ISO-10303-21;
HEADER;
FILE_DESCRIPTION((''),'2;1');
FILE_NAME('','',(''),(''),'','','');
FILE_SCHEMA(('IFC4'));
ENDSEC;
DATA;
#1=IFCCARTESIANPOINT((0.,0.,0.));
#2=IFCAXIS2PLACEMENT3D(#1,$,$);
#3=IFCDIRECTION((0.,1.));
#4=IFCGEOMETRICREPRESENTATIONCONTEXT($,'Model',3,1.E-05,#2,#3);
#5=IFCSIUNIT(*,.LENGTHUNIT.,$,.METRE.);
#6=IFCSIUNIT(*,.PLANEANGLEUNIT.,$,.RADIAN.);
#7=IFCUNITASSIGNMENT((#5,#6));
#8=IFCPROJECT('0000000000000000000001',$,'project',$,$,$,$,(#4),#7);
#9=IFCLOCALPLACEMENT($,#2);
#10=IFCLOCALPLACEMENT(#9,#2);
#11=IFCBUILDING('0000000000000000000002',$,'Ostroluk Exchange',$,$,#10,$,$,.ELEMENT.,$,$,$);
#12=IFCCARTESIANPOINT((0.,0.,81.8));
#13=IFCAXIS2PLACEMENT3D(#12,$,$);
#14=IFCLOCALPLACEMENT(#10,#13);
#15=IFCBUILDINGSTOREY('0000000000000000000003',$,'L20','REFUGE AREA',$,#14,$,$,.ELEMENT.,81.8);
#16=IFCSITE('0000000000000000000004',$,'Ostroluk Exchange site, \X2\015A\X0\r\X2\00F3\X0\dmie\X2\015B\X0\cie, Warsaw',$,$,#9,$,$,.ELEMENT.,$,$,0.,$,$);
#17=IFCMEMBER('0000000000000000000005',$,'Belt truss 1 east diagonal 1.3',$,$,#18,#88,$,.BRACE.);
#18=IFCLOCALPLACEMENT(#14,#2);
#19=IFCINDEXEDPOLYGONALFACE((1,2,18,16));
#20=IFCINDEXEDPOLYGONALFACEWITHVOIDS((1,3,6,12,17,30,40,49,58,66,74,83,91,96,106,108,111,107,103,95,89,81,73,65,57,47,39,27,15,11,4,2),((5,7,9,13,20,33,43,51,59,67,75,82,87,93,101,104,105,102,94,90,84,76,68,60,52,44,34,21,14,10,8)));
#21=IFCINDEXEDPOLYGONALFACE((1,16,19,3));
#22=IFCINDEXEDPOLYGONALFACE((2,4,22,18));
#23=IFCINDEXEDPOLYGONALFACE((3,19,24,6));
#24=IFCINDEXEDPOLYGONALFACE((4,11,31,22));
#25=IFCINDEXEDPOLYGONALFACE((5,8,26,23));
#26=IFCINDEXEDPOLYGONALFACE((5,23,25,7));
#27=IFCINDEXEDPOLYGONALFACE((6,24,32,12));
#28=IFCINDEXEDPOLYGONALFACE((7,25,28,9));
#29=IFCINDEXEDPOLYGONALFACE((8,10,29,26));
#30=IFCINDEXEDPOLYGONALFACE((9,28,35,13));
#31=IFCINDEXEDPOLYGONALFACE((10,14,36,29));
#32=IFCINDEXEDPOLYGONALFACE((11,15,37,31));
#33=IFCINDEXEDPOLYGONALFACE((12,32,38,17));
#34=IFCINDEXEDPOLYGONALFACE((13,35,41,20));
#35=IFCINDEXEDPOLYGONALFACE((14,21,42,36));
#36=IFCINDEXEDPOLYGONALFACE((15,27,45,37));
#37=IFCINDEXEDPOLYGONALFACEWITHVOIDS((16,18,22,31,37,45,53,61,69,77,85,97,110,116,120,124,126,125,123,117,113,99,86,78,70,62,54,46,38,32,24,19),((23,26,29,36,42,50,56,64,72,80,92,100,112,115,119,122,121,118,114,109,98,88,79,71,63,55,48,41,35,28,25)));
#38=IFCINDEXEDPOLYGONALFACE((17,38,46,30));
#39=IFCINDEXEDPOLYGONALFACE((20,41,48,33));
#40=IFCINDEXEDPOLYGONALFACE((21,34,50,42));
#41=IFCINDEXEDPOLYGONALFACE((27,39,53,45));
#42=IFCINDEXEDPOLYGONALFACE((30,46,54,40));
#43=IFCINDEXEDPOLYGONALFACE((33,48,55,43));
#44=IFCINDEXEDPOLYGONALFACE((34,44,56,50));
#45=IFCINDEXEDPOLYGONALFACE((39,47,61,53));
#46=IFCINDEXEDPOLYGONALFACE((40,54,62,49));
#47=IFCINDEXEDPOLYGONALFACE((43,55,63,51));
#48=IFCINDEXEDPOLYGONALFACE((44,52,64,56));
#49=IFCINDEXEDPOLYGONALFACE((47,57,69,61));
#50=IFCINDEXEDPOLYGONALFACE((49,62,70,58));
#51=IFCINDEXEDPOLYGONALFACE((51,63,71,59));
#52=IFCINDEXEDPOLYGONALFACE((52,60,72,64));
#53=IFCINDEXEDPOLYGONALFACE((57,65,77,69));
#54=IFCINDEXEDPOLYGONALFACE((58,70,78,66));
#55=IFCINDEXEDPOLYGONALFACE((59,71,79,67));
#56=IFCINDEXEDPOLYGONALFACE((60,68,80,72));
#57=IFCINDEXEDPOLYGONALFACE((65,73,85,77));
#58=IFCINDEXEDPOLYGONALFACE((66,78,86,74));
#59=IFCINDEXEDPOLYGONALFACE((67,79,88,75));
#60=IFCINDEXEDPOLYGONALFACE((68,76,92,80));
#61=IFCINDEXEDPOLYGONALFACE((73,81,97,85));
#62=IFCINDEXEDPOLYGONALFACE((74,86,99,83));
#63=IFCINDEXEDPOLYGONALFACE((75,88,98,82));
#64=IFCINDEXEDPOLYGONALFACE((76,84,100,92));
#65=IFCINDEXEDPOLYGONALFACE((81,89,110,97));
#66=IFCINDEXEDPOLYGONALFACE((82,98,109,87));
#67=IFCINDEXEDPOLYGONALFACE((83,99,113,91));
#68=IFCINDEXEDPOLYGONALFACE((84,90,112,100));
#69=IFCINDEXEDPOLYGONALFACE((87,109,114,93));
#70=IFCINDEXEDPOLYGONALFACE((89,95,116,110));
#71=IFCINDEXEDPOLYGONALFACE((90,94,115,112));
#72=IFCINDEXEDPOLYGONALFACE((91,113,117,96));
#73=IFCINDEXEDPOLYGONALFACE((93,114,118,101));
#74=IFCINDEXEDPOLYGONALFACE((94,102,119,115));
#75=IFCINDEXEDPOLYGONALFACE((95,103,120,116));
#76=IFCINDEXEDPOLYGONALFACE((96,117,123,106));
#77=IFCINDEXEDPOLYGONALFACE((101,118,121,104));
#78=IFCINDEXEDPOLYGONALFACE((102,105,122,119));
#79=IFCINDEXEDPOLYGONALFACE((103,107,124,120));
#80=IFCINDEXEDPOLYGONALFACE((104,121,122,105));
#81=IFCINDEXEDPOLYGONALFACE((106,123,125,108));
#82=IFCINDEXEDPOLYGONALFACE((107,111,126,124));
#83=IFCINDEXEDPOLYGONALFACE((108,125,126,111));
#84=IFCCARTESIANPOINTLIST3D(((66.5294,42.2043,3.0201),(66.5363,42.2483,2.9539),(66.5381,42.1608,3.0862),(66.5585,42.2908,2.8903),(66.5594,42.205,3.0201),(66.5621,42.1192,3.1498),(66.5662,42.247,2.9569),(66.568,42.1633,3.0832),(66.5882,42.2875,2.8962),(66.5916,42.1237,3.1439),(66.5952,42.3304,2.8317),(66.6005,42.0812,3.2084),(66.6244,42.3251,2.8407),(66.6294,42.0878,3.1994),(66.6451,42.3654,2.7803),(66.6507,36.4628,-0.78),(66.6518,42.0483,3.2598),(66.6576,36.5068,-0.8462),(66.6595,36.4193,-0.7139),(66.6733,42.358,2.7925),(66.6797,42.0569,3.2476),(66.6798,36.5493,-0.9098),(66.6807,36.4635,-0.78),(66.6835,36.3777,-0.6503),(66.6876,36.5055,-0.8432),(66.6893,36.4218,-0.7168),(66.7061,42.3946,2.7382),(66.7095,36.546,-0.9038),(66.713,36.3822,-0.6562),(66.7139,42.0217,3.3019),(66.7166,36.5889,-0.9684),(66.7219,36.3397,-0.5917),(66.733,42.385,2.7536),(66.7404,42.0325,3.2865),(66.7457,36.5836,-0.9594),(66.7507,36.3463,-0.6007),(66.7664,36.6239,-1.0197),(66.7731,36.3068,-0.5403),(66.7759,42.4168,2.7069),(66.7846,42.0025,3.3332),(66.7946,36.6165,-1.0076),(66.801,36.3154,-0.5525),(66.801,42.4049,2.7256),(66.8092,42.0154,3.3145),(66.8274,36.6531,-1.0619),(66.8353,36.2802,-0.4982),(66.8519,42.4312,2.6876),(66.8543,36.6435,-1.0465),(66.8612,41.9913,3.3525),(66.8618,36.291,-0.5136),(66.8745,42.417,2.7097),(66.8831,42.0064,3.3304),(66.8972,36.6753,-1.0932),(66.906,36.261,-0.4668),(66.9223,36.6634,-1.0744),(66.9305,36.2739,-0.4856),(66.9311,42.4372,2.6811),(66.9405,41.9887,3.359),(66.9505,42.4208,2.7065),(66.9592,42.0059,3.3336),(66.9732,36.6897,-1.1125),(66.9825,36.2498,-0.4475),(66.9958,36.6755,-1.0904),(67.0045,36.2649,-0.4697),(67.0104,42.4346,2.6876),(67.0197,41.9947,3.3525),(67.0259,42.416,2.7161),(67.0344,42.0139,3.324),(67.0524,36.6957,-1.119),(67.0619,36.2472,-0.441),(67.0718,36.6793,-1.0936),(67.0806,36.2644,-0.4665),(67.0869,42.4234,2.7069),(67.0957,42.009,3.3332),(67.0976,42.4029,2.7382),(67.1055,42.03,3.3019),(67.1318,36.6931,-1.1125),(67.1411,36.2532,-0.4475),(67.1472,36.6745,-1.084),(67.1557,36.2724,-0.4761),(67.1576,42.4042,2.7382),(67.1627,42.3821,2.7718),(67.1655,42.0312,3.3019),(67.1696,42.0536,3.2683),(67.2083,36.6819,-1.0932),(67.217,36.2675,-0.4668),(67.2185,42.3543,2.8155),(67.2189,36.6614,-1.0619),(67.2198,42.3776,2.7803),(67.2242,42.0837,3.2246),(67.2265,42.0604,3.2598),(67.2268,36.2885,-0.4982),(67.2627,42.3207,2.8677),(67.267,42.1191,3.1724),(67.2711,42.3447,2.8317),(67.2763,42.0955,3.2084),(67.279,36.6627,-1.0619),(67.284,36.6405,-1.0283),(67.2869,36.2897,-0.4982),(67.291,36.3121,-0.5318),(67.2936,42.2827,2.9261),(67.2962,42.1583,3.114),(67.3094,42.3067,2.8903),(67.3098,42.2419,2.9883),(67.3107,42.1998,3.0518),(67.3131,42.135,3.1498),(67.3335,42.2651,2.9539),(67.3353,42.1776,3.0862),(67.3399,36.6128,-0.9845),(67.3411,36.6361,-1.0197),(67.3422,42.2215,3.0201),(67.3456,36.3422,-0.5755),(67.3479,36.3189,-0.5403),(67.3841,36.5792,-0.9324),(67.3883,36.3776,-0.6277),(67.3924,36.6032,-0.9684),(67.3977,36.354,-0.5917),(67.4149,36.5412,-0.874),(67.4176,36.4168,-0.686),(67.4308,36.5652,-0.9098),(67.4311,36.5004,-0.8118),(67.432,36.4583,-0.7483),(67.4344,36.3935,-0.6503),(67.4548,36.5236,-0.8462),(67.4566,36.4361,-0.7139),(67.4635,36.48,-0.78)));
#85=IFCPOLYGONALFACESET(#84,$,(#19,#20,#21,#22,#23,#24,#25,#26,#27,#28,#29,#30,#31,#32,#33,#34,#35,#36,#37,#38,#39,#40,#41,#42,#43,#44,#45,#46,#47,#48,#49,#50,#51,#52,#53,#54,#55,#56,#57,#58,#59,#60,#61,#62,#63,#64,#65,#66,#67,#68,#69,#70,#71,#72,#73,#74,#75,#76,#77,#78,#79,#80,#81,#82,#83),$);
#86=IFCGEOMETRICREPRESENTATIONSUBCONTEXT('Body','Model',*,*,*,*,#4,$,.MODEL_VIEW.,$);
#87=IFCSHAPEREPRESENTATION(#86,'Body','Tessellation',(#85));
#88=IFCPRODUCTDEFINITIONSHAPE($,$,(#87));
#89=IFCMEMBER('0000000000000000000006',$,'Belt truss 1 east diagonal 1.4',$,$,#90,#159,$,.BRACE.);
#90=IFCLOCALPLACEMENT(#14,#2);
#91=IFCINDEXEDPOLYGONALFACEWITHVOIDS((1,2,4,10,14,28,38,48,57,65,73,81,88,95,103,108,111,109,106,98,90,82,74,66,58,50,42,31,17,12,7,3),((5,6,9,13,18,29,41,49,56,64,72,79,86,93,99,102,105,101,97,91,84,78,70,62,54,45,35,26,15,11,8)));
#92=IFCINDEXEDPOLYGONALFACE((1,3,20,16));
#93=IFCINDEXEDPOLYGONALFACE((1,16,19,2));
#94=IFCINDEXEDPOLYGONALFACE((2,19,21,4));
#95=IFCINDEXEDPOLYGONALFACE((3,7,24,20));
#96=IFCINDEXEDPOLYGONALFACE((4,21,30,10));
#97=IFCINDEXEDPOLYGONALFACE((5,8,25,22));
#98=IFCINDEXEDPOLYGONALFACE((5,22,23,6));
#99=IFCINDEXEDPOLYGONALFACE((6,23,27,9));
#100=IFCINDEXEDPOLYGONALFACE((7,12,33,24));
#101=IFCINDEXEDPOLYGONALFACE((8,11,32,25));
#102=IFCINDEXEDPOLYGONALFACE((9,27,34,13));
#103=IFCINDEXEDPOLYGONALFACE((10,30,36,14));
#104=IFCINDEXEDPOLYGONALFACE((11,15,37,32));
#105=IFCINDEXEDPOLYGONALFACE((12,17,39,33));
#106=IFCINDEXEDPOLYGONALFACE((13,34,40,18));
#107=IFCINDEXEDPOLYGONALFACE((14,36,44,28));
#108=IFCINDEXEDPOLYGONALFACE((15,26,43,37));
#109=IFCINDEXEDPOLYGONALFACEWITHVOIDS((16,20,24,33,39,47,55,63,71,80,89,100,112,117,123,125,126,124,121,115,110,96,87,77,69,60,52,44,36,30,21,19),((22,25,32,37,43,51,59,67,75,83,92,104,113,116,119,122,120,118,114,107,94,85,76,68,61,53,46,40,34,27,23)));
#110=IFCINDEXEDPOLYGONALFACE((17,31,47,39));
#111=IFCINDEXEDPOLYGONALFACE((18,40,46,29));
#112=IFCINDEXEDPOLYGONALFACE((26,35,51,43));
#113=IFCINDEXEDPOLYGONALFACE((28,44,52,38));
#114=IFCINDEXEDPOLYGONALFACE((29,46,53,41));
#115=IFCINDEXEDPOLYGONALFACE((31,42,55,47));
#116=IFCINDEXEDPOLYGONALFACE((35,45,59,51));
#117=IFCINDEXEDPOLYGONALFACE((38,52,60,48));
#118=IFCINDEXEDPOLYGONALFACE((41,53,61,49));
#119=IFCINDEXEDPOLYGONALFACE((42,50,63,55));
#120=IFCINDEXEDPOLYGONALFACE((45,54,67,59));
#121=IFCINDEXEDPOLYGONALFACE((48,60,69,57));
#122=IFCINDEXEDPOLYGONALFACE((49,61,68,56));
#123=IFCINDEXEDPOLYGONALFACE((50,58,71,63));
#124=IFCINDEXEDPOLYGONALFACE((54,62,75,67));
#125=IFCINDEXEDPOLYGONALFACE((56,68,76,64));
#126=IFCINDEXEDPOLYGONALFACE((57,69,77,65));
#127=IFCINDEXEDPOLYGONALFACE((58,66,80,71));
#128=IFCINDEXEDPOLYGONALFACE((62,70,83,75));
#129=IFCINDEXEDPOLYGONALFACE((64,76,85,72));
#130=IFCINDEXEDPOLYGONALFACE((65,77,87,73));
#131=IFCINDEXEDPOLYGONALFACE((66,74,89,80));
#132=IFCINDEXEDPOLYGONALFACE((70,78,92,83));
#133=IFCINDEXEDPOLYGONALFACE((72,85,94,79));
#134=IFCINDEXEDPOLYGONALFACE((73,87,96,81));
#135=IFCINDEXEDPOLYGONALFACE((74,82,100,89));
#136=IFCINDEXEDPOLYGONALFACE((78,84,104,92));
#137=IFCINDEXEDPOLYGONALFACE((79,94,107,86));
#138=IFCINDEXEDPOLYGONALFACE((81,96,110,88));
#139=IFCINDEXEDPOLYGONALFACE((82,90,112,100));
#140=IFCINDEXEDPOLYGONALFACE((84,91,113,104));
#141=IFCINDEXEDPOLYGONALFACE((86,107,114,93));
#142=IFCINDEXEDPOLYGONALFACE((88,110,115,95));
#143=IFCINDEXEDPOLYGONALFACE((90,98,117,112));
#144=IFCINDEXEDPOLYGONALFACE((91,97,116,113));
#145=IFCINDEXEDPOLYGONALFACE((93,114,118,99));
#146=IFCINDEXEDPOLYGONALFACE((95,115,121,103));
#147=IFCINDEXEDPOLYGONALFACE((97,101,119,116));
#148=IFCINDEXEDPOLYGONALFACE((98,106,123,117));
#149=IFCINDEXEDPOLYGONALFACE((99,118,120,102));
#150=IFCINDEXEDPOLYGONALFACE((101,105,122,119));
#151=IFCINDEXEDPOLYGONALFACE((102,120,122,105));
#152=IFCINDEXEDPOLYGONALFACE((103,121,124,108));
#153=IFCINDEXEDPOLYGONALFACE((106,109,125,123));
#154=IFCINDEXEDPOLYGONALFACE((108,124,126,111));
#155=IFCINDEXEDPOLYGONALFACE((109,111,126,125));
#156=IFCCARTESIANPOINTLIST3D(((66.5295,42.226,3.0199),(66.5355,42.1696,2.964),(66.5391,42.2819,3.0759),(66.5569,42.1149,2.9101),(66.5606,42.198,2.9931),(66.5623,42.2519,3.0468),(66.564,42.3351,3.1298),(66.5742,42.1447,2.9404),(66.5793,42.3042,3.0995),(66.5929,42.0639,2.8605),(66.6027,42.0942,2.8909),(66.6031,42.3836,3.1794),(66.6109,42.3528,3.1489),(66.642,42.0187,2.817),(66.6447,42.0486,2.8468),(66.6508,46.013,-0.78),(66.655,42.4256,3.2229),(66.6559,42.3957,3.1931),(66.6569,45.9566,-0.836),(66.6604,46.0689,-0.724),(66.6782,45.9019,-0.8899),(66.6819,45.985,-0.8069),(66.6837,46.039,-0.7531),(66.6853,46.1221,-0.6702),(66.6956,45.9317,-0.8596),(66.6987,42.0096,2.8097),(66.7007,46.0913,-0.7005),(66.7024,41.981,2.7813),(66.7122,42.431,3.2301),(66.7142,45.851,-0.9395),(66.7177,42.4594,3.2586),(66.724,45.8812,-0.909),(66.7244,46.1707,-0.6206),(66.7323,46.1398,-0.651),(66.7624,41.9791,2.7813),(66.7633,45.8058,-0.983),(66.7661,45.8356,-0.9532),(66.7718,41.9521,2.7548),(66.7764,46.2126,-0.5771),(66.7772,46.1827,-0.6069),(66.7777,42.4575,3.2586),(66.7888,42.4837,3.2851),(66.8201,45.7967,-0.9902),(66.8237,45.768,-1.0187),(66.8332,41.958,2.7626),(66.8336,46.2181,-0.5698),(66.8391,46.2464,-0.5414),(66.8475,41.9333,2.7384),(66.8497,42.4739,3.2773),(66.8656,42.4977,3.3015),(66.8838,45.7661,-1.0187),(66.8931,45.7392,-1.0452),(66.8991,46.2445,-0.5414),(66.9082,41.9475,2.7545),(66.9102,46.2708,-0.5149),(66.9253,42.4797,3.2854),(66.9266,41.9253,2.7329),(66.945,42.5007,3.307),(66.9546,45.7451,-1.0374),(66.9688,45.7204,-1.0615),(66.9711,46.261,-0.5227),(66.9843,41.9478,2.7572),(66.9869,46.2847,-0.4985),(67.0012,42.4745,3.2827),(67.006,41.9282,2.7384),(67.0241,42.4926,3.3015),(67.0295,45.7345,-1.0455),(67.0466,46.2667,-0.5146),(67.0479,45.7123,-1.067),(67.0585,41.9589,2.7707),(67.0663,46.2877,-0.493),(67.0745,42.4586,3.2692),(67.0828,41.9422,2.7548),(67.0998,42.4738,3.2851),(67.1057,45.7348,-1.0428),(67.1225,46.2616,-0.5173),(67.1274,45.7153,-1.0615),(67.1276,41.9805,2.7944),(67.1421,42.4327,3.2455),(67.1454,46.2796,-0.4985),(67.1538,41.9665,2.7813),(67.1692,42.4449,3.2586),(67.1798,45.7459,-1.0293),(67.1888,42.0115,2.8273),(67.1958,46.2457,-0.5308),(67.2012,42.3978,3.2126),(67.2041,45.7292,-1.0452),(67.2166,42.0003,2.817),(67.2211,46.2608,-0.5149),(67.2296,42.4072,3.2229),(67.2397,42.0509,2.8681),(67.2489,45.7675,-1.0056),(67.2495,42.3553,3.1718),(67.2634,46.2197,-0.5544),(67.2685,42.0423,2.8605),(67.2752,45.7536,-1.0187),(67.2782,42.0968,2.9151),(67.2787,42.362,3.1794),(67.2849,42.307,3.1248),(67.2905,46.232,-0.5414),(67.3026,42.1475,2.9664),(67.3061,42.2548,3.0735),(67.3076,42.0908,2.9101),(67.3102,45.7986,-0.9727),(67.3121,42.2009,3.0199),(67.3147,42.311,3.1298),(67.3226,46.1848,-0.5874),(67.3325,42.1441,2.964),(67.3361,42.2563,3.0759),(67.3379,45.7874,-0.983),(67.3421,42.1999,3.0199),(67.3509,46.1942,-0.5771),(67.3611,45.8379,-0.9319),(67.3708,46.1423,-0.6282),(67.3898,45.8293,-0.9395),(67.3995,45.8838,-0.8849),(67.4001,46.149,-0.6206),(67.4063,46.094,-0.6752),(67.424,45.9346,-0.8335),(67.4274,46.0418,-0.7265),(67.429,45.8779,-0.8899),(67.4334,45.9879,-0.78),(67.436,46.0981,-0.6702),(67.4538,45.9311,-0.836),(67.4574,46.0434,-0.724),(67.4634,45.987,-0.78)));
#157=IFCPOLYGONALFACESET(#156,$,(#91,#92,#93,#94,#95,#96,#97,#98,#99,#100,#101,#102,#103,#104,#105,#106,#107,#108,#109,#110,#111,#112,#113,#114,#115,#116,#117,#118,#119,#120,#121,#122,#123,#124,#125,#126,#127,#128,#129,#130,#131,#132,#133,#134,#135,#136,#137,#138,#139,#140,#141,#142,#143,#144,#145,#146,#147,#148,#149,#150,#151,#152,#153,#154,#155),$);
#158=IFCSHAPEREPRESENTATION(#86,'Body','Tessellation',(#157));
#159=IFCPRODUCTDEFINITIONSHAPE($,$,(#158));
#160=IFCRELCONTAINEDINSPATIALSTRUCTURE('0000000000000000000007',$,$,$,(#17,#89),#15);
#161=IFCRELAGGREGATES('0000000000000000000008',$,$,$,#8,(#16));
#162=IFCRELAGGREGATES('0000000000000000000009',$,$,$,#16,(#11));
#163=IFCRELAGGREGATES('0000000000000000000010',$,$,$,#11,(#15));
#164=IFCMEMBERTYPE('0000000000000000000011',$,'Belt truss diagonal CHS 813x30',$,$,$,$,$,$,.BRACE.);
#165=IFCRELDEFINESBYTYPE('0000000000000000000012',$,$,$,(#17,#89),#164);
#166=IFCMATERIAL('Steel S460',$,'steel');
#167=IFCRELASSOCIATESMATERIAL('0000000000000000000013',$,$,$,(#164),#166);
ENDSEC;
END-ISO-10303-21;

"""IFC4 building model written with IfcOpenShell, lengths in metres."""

from ifc_helpers import new_model, si_unit, direction, frame, origin, origin_2d, place, context, subcontext, project, spatial, hollow_circle, extrude, material, material_profile, profile_set, type_object, element, save


model = new_model("IFC4")

# Units and contexts
model_context = context("Model", 3, precision=1e-05, world=origin(), true_north=direction((0.0, 1.0)))
body_context = subcontext(model_context, "Body", "Model", "MODEL_VIEW")
ifc_project = project(units=[si_unit("LENGTHUNIT", "METRE"), si_unit("PLANEANGLEUNIT", "RADIAN")], contexts=[model_context])

# Site, building, storey
site_placement = place(None, origin())
site = spatial("IfcSite", under=ifc_project, at=site_placement, Name="Ostroluk Exchange site, Śródmieście, Warsaw", CompositionType="ELEMENT", RefElevation=0.0)
building_placement = place(site_placement, origin())
building = spatial("IfcBuilding", under=site, at=building_placement, Name="Ostroluk Exchange", CompositionType="ELEMENT")
storey_placement = place(building_placement, frame((0.0, 0.0, 81.8)))
storey = spatial("IfcBuildingStorey", under=building, at=storey_placement, Name="L20", Description="REFUGE AREA", CompositionType="ELEMENT", Elevation=81.8)

# Members
ifc_material_1 = material(Name="Steel S460", Category="steel")
ifc_material_profile_1 = material_profile(ifc_material_1, hollow_circle(Radius=0.4065, WallThickness=0.03, at=origin_2d()), Name="CHS 813x30")
ifc_profile_set_1 = profile_set([ifc_material_profile_1], Name="Steel S460")
member_type_1 = type_object("IfcMemberType", Name="Belt truss diagonal CHS 813x30", PredefinedType="BRACE", material=ifc_profile_set_1)
member_1_placement = place(storey_placement, frame((67.0571, 36.4714, -0.78), z_axis=(-0.017621, 0.833766, 0.551837), x_axis=(-0.999777, -0.021129, 0.0)))
element("IfcMember", 1, at=member_1_placement, inside=storey, type_object=member_type_1, Name="Belt truss 1 east diagonal 1.3", PredefinedType="BRACE", context=body_context, shape_type="SweptSolid", body=[
    extrude(hollow_circle(Radius=0.4065, WallThickness=0.03, at=origin_2d()), origin(), (0.0, 0.0, 1.0), 6.8862),
])
for number, where, z_axis, x_axis, name in (
    (2, (67.0571, 46.0, -0.78), (-0.022611, -0.705719, 0.708131), (0.999487, -0.032023, 0.0), "Belt truss 1 east diagonal 1.4"),
):
    element("IfcMember", number, at=place(storey_placement, frame(where, z_axis=z_axis, x_axis=x_axis)), inside=storey, type_object=member_type_1, Name=name, PredefinedType="BRACE", context=body_context, shape_type="SweptSolid", body=[
        extrude(hollow_circle(Radius=0.4065, WallThickness=0.03, at=origin_2d()), origin(), (0.0, 0.0, 1.0), 5.3662),
    ])

save(model, "model.ifc")
